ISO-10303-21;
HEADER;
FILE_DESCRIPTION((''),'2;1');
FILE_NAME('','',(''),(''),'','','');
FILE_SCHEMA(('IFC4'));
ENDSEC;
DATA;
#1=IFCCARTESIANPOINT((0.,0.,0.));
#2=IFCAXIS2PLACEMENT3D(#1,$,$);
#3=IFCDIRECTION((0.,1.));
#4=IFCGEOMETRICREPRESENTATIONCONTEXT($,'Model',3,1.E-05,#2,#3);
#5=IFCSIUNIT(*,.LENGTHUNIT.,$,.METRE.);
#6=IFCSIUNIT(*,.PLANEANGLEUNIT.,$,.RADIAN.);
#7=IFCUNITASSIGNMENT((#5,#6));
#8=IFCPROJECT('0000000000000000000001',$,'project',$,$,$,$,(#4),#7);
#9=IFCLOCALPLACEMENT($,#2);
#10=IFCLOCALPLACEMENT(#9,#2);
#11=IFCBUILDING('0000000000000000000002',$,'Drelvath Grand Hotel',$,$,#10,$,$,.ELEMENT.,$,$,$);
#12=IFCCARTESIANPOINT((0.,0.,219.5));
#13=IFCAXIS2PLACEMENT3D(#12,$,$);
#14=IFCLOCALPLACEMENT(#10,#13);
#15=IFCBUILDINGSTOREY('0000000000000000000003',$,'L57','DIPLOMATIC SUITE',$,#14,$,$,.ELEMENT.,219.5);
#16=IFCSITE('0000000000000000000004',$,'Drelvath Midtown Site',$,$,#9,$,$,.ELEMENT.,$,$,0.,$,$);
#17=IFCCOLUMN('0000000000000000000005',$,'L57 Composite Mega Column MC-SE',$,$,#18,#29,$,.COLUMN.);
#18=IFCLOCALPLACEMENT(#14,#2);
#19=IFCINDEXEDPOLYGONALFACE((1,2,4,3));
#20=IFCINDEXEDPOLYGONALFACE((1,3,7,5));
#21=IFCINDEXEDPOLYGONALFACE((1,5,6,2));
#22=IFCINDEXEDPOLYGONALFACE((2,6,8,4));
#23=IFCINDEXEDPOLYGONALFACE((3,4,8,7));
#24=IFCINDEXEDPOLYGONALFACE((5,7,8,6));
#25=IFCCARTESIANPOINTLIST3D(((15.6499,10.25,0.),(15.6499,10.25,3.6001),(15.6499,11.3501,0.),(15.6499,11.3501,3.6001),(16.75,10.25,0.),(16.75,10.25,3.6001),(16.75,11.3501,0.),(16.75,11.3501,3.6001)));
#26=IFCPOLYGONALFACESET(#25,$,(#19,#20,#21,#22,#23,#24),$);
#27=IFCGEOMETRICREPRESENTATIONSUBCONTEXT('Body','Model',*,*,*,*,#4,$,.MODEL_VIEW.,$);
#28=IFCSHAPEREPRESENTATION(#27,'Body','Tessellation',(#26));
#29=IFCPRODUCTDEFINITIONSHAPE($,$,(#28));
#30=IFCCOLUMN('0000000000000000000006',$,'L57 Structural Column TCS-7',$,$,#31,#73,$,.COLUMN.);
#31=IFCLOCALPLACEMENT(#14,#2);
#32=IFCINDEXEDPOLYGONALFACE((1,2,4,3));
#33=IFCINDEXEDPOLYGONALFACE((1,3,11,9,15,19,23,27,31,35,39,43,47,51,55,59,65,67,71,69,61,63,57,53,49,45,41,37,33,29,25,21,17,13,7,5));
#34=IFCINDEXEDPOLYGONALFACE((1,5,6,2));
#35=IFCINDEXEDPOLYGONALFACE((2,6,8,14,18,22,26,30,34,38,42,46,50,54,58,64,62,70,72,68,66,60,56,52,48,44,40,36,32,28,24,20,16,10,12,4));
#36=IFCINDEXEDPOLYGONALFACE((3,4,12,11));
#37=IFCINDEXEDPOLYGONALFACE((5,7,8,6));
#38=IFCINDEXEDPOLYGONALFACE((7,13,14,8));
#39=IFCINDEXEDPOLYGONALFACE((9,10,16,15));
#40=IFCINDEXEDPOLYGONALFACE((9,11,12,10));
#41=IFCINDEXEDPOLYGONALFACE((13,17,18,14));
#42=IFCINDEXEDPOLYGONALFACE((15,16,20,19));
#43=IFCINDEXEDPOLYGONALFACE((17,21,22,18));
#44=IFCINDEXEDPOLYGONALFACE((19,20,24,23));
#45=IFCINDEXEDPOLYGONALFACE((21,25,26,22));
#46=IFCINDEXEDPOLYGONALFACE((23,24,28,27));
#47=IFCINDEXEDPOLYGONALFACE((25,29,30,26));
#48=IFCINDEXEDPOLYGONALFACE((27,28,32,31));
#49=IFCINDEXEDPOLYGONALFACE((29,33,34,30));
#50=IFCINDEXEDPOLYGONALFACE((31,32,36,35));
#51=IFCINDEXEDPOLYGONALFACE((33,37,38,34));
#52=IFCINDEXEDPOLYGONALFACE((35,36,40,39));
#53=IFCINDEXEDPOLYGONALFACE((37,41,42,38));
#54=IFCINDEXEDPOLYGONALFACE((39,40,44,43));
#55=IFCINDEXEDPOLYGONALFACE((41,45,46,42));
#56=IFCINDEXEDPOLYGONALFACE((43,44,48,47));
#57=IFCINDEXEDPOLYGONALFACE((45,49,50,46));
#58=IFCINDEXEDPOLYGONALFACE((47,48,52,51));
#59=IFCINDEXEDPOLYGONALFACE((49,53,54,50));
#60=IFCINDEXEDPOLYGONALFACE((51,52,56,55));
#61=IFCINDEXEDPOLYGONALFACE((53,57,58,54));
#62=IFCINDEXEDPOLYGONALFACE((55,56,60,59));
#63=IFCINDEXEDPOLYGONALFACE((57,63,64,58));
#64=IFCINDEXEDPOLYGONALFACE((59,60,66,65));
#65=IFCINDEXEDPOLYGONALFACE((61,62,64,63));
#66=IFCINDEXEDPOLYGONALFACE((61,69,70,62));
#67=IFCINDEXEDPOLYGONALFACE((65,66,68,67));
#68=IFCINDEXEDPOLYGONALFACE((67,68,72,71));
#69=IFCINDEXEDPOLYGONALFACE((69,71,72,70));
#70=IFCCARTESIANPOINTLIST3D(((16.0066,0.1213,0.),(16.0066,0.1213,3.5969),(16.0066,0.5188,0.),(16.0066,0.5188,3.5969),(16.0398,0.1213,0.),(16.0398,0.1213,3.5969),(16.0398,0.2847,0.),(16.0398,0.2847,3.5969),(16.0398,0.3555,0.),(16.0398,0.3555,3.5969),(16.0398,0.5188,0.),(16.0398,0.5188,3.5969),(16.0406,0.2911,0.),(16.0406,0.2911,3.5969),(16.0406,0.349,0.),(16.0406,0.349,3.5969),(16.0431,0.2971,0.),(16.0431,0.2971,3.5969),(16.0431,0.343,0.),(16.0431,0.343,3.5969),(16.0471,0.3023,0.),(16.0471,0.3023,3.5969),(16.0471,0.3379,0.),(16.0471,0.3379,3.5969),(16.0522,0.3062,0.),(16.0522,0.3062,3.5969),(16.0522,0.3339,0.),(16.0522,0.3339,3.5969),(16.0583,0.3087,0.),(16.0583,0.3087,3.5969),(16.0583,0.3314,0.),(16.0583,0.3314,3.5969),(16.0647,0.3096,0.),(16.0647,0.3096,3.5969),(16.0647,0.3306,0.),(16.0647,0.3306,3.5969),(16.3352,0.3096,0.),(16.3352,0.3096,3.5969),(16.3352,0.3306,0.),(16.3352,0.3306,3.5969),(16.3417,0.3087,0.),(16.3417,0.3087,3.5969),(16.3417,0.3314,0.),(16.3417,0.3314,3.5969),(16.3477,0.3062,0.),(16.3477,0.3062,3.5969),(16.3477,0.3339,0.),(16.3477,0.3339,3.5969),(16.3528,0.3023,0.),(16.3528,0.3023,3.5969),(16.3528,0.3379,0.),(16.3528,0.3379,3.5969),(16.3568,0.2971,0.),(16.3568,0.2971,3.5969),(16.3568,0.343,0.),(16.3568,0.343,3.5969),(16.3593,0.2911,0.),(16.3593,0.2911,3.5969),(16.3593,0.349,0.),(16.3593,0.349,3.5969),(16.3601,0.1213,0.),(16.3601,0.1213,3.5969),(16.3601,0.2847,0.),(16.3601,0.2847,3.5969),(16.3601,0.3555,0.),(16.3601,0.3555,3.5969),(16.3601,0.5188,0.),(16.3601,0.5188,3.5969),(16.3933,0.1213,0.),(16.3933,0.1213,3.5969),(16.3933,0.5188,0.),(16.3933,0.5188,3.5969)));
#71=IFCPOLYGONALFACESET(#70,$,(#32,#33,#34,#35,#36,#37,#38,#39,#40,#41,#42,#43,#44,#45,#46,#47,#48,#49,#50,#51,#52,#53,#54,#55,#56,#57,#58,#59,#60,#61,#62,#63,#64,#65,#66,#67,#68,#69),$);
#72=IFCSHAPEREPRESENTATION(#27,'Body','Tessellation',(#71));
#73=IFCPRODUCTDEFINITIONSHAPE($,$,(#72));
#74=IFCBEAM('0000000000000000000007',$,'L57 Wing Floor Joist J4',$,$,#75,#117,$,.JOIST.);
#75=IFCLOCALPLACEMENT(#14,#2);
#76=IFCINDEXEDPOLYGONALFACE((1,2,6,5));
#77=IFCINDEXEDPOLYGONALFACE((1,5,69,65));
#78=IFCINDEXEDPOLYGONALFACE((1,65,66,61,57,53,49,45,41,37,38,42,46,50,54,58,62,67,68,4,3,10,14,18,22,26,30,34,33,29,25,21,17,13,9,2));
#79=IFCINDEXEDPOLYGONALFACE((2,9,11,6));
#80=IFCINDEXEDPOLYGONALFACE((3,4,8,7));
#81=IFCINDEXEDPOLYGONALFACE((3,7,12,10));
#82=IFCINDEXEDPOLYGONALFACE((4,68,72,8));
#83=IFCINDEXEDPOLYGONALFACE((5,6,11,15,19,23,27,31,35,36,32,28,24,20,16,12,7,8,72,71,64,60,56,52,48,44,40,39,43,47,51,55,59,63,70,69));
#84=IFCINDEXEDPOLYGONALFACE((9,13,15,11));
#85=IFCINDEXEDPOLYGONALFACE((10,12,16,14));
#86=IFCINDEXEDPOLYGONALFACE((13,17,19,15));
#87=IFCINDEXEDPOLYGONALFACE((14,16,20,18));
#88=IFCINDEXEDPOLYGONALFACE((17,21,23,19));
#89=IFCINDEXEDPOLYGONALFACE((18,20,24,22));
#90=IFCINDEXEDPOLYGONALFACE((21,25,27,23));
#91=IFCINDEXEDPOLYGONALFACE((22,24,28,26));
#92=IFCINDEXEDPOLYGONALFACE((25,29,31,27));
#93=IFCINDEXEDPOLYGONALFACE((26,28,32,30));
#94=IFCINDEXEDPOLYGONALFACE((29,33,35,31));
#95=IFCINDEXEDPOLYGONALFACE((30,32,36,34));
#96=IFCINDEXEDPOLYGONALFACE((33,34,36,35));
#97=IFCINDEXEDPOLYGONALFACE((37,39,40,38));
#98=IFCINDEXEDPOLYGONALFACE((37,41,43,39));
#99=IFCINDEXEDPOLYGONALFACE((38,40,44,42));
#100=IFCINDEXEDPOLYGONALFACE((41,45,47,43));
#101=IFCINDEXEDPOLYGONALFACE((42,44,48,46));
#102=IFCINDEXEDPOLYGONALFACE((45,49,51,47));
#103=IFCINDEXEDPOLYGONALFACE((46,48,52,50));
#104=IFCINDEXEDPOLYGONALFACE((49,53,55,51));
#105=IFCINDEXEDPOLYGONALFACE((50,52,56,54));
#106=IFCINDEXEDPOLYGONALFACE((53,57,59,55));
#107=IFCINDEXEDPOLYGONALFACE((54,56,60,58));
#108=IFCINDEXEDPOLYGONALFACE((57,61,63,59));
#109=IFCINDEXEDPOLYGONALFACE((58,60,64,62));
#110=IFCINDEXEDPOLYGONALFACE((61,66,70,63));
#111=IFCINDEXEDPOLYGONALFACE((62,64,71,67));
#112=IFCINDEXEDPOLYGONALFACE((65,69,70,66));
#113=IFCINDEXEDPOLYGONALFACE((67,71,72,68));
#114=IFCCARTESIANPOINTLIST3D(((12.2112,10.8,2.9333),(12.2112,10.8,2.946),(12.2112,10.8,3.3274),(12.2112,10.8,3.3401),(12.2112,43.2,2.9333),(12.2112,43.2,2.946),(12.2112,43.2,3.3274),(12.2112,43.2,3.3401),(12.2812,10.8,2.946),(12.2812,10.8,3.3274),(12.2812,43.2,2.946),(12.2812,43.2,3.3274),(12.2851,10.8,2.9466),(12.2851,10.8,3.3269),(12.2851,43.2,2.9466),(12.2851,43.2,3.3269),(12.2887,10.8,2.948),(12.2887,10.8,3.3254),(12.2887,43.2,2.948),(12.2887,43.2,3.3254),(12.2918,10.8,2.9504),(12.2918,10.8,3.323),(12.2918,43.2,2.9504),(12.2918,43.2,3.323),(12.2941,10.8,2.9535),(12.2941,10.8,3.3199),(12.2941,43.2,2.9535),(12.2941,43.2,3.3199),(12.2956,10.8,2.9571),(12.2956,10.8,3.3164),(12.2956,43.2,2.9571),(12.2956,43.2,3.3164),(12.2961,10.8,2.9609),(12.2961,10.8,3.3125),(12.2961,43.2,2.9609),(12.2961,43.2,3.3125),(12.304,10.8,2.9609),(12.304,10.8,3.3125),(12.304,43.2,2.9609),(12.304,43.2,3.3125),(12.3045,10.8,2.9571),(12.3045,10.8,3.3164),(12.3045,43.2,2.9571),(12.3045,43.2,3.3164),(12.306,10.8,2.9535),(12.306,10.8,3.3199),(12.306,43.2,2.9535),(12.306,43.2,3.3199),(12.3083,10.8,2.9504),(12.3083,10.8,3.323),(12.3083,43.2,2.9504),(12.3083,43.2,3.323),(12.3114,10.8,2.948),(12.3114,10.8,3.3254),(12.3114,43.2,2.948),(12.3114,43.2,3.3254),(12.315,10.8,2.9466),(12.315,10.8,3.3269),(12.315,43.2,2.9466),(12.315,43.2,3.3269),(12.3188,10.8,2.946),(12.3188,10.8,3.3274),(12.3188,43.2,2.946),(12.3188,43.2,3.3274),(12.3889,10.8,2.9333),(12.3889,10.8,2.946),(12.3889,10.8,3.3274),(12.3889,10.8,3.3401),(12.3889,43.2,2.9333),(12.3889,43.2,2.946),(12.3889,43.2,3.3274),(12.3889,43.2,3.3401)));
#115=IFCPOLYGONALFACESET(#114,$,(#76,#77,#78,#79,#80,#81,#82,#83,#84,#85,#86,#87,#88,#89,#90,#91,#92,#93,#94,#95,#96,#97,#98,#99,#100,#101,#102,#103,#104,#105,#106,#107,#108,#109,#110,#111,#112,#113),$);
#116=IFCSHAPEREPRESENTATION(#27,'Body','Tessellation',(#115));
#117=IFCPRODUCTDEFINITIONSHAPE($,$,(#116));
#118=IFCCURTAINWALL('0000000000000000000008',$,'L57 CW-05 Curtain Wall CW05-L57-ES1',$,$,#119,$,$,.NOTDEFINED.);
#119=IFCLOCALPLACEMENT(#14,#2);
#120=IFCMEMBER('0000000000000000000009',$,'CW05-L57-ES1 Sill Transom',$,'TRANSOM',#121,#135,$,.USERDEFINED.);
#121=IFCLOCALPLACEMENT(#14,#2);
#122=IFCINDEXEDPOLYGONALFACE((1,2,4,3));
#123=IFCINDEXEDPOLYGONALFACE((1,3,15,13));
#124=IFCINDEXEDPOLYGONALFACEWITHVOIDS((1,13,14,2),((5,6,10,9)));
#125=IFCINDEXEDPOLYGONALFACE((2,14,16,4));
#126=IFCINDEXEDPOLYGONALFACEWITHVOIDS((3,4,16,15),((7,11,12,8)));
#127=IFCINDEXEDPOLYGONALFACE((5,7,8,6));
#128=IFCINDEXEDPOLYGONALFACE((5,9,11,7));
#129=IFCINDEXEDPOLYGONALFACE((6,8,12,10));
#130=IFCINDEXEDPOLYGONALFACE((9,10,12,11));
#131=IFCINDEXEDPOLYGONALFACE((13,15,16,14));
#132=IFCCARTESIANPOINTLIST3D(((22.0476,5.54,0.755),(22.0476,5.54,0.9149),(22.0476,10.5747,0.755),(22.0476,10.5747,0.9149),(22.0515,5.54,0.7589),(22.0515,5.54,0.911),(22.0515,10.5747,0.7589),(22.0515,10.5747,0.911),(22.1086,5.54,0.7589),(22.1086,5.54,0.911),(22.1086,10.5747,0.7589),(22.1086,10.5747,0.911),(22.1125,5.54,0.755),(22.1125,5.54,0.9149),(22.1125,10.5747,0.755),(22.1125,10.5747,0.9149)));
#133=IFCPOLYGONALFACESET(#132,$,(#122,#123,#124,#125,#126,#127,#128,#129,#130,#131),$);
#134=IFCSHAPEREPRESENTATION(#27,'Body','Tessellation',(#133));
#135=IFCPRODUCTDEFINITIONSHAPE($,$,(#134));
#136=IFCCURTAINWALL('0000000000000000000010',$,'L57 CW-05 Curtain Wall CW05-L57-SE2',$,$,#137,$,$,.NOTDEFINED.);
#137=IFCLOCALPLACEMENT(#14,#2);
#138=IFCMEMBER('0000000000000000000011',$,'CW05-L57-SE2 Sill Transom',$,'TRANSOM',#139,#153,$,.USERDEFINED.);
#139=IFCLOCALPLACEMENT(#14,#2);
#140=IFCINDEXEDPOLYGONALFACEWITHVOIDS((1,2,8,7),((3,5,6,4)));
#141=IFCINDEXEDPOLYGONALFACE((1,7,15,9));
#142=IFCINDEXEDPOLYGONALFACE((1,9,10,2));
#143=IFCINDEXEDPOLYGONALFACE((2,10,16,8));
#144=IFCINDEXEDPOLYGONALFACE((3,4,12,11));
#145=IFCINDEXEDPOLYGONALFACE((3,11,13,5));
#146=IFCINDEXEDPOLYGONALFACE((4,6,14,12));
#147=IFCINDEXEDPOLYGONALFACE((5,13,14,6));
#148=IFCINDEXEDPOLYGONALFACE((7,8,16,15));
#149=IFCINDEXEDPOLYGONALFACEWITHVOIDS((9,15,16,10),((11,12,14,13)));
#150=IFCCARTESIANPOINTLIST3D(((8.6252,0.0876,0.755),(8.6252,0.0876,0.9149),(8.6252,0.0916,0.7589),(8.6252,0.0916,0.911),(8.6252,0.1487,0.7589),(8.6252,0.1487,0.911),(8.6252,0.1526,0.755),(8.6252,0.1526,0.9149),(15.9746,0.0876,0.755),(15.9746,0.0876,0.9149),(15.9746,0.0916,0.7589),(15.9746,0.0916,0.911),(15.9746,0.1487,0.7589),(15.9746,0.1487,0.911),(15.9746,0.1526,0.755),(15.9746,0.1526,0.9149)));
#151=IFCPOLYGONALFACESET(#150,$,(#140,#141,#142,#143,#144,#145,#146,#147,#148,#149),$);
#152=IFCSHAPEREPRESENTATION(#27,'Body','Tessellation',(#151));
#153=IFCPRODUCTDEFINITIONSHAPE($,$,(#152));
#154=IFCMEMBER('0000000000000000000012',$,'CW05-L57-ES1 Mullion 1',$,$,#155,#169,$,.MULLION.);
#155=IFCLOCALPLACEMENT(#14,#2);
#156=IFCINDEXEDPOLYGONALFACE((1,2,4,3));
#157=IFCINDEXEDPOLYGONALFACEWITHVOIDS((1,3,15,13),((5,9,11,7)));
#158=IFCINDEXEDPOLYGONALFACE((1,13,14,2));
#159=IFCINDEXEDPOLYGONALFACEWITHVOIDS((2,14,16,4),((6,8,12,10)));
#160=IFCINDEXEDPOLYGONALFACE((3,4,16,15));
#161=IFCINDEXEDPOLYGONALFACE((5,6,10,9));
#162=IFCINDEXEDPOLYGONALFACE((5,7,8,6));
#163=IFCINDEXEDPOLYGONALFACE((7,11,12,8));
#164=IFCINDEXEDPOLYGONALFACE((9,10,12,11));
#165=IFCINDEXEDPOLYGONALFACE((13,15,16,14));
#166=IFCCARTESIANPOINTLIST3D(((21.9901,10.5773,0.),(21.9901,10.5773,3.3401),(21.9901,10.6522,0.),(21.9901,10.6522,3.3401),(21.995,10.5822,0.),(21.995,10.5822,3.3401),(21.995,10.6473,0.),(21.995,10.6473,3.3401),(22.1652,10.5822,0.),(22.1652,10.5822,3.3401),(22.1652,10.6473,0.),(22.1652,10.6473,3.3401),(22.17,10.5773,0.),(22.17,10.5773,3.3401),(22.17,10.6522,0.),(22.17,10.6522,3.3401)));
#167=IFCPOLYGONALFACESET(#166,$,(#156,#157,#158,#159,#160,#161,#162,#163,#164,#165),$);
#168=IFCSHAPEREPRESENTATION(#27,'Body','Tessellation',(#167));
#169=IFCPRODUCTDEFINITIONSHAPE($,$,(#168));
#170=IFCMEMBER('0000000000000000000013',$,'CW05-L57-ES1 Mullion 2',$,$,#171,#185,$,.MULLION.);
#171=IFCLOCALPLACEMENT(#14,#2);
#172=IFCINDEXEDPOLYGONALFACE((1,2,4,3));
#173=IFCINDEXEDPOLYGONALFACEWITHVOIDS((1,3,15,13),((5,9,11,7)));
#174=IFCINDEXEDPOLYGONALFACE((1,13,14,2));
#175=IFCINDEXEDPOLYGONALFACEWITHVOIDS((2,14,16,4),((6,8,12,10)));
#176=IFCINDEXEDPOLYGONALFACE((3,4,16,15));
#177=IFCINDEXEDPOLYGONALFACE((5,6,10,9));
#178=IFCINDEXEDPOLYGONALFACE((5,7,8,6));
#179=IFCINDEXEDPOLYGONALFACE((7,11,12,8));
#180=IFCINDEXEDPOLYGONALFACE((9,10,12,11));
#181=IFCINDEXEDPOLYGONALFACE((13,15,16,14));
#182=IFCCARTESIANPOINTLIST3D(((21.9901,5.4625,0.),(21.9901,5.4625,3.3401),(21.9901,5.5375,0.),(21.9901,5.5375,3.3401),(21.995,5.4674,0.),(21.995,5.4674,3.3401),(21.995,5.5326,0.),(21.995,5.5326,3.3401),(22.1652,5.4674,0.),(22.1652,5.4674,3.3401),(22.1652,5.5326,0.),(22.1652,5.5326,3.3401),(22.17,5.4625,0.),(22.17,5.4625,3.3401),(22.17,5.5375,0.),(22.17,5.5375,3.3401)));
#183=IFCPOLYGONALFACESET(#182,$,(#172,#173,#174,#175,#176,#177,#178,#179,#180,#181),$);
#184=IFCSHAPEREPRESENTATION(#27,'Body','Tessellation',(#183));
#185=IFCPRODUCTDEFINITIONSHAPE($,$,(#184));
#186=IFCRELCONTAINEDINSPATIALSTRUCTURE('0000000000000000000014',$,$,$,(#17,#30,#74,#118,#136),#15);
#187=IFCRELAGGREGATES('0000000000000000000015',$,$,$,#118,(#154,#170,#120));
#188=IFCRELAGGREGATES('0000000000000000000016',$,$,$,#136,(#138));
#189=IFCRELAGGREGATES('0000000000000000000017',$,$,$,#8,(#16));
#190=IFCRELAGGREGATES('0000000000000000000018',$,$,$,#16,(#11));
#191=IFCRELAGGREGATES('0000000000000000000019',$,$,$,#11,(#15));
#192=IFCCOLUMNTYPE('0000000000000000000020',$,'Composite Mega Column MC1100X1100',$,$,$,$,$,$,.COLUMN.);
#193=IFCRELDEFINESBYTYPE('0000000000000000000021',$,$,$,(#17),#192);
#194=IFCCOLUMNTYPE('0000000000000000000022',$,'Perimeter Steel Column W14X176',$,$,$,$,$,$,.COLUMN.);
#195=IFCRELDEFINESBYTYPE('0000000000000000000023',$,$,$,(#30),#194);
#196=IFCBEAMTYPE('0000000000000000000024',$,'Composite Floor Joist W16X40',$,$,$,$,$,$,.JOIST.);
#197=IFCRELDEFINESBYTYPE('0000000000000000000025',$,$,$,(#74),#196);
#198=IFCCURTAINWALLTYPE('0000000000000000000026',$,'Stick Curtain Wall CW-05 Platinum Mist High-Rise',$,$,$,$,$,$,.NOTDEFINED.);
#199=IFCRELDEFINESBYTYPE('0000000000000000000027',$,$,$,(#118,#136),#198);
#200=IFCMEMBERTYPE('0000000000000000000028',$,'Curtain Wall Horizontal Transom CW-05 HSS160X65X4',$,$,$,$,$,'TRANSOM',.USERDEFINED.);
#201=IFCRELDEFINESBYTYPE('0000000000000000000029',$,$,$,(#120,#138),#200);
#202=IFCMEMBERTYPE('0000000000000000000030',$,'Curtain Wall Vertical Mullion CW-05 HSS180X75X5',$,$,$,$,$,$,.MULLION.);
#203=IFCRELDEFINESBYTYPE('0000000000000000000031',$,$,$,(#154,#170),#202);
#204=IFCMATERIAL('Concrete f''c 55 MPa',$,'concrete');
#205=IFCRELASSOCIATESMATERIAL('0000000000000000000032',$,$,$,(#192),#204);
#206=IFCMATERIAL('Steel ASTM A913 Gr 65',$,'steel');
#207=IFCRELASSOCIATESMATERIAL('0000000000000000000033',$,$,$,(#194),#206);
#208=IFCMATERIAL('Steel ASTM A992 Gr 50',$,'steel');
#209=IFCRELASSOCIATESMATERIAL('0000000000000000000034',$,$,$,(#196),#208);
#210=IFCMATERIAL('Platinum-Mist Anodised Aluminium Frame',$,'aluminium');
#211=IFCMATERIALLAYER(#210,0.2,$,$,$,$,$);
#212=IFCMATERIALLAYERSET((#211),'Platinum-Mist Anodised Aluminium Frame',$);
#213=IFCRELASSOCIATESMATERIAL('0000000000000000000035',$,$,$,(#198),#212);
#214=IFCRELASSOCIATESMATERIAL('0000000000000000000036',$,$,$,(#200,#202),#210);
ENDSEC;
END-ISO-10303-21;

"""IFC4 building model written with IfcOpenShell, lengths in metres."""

from ifc_helpers import new_model, si_unit, direction, frame, origin, origin_2d, place, context, subcontext, project, spatial, rectangle, hollow_rectangle, i_section, extrude, material, layer, layer_set, material_profile, profile_set, type_object, element, aggregate, save


model = new_model("IFC4")

# Units and contexts
model_context = context("Model", 3, precision=1e-05, world=origin(), true_north=direction((0.0, 1.0)))
body_context = subcontext(model_context, "Body", "Model", "MODEL_VIEW")
ifc_project = project(units=[si_unit("LENGTHUNIT", "METRE"), si_unit("PLANEANGLEUNIT", "RADIAN")], contexts=[model_context])

# Site, building, storey
site_placement = place(None, origin())
site = spatial("IfcSite", under=ifc_project, at=site_placement, Name="Drelvath Midtown Site", CompositionType="ELEMENT", RefElevation=0.0)
building_placement = place(site_placement, origin())
building = spatial("IfcBuilding", under=site, at=building_placement, Name="Drelvath Grand Hotel", CompositionType="ELEMENT")
storey_placement = place(building_placement, frame((0.0, 0.0, 219.5)))
storey = spatial("IfcBuildingStorey", under=building, at=storey_placement, Name="L57", Description="DIPLOMATIC SUITE", CompositionType="ELEMENT", Elevation=219.5)

# Columns
ifc_material_1 = material(Name="Concrete f'c 55 MPa", Category="concrete")
ifc_material_profile_1 = material_profile(ifc_material_1, rectangle(XDim=1.1001, YDim=1.1001, at=origin_2d()), Name="MC1100X1100")
ifc_profile_set_1 = profile_set([ifc_material_profile_1], Name="Concrete f'c 55 MPa")
column_type_1 = type_object("IfcColumnType", Name="Composite Mega Column MC1100X1100", PredefinedType="COLUMN", material=ifc_profile_set_1)
column_1_placement = place(storey_placement, frame((16.2, 10.8, 0.0), z_axis=(0.0, 0.0, 1.0), x_axis=(1.0, 0.0, 0.0)))
element("IfcColumn", 1, at=column_1_placement, inside=storey, type_object=column_type_1, Name="L57 Composite Mega Column MC-SE", PredefinedType="COLUMN", context=body_context, shape_type="SweptSolid", body=[
    extrude(rectangle(XDim=1.1001, YDim=1.1001, at=origin_2d()), origin(), (0.0, 0.0, 1.0), 3.6001),
])
ifc_material_2 = material(Name="Steel ASTM A913 Gr 65", Category="steel")
ifc_material_profile_2 = material_profile(ifc_material_2, i_section(OverallWidth=0.3975, OverallDepth=0.3867, WebThickness=0.021, FlangeThickness=0.0332, FilletRadius=0.0249, at=origin_2d()), Name="W14X176")
ifc_profile_set_2 = profile_set([ifc_material_profile_2], Name="Steel ASTM A913 Gr 65")
column_type_2 = type_object("IfcColumnType", Name="Perimeter Steel Column W14X176", PredefinedType="COLUMN", material=ifc_profile_set_2)
column_2_placement = place(storey_placement, frame((16.2, 0.3201, 0.0), z_axis=(0.0, 0.0, 1.0), x_axis=(0.0, 1.0, 0.0)))
element("IfcColumn", 2, at=column_2_placement, inside=storey, type_object=column_type_2, Name="L57 Structural Column TCS-7", PredefinedType="COLUMN", context=body_context, shape_type="SweptSolid", body=[
    extrude(i_section(OverallWidth=0.3975, OverallDepth=0.3867, WebThickness=0.021, FlangeThickness=0.0332, FilletRadius=0.0249, at=origin_2d()), origin(), (0.0, 0.0, 1.0), 3.5969),
])

# Beam
ifc_material_3 = material(Name="Steel ASTM A992 Gr 50", Category="steel")
ifc_material_profile_3 = material_profile(ifc_material_3, i_section(OverallWidth=0.1777, OverallDepth=0.4067, WebThickness=0.0078, FlangeThickness=0.0127, FilletRadius=0.0149, at=origin_2d()), Name="W16X40")
ifc_profile_set_3 = profile_set([ifc_material_profile_3], Name="Steel ASTM A992 Gr 50")
beam_type_1 = type_object("IfcBeamType", Name="Composite Floor Joist W16X40", PredefinedType="JOIST", material=ifc_profile_set_3)
beam_1_placement = place(storey_placement, frame((12.3, 10.8, 3.1367), z_axis=(0.0, 1.0, 0.0), x_axis=(-1.0, 0.0, 0.0)))
element("IfcBeam", 3, at=beam_1_placement, inside=storey, type_object=beam_type_1, Name="L57 Wing Floor Joist J4", PredefinedType="JOIST", context=body_context, shape_type="SweptSolid", body=[
    extrude(i_section(OverallWidth=0.1777, OverallDepth=0.4067, WebThickness=0.0078, FlangeThickness=0.0127, FilletRadius=0.0149, at=origin_2d()), origin(), (0.0, 0.0, 1.0), 32.3999),
])

# Curtain walls, members
ifc_material_4 = material(Name="Platinum-Mist Anodised Aluminium Frame", Category="aluminium")
ifc_layer_1 = layer(ifc_material_4, 0.2)
ifc_layer_set_1 = layer_set([ifc_layer_1], Name="Platinum-Mist Anodised Aluminium Frame")
curtain_wall_type = type_object("IfcCurtainWallType", Name="Stick Curtain Wall CW-05 Platinum Mist High-Rise", PredefinedType="NOTDEFINED", material=ifc_layer_set_1)
curtain_wall_1_placement = place(storey_placement, origin())
curtain_wall_1 = element("IfcCurtainWall", 4, at=curtain_wall_1_placement, inside=storey, type_object=curtain_wall_type, Name="L57 CW-05 Curtain Wall CW05-L57-ES1", PredefinedType="NOTDEFINED")
ifc_material_profile_4 = material_profile(ifc_material_4, hollow_rectangle(XDim=0.0649, YDim=0.1599, WallThickness=0.0039, at=origin_2d()), Name="HSS160X65X4")
ifc_profile_set_4 = profile_set([ifc_material_profile_4], Name="Platinum-Mist Anodised Aluminium Frame")
member_type_1 = type_object("IfcMemberType", Name="Curtain Wall Horizontal Transom CW-05 HSS160X65X4", ElementType="TRANSOM", PredefinedType="USERDEFINED", material=ifc_profile_set_4)
member_1_placement = place(storey_placement, frame((22.0801, 10.5747, 0.835), z_axis=(0.0, -1.0, 0.0), x_axis=(1.0, 0.0, 0.0)))
member_1 = element("IfcMember", 5, at=member_1_placement, type_object=member_type_1, Name="CW05-L57-ES1 Sill Transom", ObjectType="TRANSOM", PredefinedType="USERDEFINED", context=body_context, shape_type="SweptSolid", body=[
    extrude(hollow_rectangle(XDim=0.0649, YDim=0.1599, WallThickness=0.0039, at=origin_2d()), origin(), (0.0, 0.0, 1.0), 5.0347),
])
curtain_wall_2_placement = place(storey_placement, origin())
curtain_wall_2 = element("IfcCurtainWall", 6, at=curtain_wall_2_placement, inside=storey, type_object=curtain_wall_type, Name="L57 CW-05 Curtain Wall CW05-L57-SE2", PredefinedType="NOTDEFINED")
member_2_placement = place(storey_placement, frame((15.9746, 0.1201, 0.835), z_axis=(-1.0, 0.0, 0.0), x_axis=(0.0, -1.0, 0.0)))
member_2 = element("IfcMember", 7, at=member_2_placement, type_object=member_type_1, Name="CW05-L57-SE2 Sill Transom", ObjectType="TRANSOM", PredefinedType="USERDEFINED", context=body_context, shape_type="SweptSolid", body=[
    extrude(hollow_rectangle(XDim=0.0649, YDim=0.1599, WallThickness=0.0039, at=origin_2d()), origin(), (0.0, 0.0, 1.0), 7.3494),
])

# Members
ifc_material_profile_5 = material_profile(ifc_material_4, hollow_rectangle(XDim=0.075, YDim=0.1799, WallThickness=0.0049, at=origin_2d()), Name="HSS180X75X5")
ifc_profile_set_5 = profile_set([ifc_material_profile_5], Name="Platinum-Mist Anodised Aluminium Frame")
member_type_2 = type_object("IfcMemberType", Name="Curtain Wall Vertical Mullion CW-05 HSS180X75X5", PredefinedType="MULLION", material=ifc_profile_set_5)
member_3_placement = place(storey_placement, frame((22.0801, 10.6147, 0.0), z_axis=(0.0, 0.0, 1.0), x_axis=(0.0, 1.0, 0.0)))
member_3 = element("IfcMember", 8, at=member_3_placement, type_object=member_type_2, Name="CW05-L57-ES1 Mullion 1", PredefinedType="MULLION", context=body_context, shape_type="SweptSolid", body=[
    extrude(hollow_rectangle(XDim=0.075, YDim=0.1799, WallThickness=0.0049, at=origin_2d()), origin(), (0.0, 0.0, 1.0), 3.3401),
])
member_4_placement = place(storey_placement, frame((22.0801, 5.5, 0.0), z_axis=(0.0, 0.0, 1.0), x_axis=(0.0, 1.0, 0.0)))
member_4 = element("IfcMember", 9, at=member_4_placement, type_object=member_type_2, Name="CW05-L57-ES1 Mullion 2", PredefinedType="MULLION", context=body_context, shape_type="SweptSolid", body=[
    extrude(hollow_rectangle(XDim=0.075, YDim=0.1799, WallThickness=0.0049, at=origin_2d()), origin(), (0.0, 0.0, 1.0), 3.3401),
])

aggregate(curtain_wall_1, [member_3, member_4, member_1])
aggregate(curtain_wall_2, [member_2])

save(model, "model.ifc")
